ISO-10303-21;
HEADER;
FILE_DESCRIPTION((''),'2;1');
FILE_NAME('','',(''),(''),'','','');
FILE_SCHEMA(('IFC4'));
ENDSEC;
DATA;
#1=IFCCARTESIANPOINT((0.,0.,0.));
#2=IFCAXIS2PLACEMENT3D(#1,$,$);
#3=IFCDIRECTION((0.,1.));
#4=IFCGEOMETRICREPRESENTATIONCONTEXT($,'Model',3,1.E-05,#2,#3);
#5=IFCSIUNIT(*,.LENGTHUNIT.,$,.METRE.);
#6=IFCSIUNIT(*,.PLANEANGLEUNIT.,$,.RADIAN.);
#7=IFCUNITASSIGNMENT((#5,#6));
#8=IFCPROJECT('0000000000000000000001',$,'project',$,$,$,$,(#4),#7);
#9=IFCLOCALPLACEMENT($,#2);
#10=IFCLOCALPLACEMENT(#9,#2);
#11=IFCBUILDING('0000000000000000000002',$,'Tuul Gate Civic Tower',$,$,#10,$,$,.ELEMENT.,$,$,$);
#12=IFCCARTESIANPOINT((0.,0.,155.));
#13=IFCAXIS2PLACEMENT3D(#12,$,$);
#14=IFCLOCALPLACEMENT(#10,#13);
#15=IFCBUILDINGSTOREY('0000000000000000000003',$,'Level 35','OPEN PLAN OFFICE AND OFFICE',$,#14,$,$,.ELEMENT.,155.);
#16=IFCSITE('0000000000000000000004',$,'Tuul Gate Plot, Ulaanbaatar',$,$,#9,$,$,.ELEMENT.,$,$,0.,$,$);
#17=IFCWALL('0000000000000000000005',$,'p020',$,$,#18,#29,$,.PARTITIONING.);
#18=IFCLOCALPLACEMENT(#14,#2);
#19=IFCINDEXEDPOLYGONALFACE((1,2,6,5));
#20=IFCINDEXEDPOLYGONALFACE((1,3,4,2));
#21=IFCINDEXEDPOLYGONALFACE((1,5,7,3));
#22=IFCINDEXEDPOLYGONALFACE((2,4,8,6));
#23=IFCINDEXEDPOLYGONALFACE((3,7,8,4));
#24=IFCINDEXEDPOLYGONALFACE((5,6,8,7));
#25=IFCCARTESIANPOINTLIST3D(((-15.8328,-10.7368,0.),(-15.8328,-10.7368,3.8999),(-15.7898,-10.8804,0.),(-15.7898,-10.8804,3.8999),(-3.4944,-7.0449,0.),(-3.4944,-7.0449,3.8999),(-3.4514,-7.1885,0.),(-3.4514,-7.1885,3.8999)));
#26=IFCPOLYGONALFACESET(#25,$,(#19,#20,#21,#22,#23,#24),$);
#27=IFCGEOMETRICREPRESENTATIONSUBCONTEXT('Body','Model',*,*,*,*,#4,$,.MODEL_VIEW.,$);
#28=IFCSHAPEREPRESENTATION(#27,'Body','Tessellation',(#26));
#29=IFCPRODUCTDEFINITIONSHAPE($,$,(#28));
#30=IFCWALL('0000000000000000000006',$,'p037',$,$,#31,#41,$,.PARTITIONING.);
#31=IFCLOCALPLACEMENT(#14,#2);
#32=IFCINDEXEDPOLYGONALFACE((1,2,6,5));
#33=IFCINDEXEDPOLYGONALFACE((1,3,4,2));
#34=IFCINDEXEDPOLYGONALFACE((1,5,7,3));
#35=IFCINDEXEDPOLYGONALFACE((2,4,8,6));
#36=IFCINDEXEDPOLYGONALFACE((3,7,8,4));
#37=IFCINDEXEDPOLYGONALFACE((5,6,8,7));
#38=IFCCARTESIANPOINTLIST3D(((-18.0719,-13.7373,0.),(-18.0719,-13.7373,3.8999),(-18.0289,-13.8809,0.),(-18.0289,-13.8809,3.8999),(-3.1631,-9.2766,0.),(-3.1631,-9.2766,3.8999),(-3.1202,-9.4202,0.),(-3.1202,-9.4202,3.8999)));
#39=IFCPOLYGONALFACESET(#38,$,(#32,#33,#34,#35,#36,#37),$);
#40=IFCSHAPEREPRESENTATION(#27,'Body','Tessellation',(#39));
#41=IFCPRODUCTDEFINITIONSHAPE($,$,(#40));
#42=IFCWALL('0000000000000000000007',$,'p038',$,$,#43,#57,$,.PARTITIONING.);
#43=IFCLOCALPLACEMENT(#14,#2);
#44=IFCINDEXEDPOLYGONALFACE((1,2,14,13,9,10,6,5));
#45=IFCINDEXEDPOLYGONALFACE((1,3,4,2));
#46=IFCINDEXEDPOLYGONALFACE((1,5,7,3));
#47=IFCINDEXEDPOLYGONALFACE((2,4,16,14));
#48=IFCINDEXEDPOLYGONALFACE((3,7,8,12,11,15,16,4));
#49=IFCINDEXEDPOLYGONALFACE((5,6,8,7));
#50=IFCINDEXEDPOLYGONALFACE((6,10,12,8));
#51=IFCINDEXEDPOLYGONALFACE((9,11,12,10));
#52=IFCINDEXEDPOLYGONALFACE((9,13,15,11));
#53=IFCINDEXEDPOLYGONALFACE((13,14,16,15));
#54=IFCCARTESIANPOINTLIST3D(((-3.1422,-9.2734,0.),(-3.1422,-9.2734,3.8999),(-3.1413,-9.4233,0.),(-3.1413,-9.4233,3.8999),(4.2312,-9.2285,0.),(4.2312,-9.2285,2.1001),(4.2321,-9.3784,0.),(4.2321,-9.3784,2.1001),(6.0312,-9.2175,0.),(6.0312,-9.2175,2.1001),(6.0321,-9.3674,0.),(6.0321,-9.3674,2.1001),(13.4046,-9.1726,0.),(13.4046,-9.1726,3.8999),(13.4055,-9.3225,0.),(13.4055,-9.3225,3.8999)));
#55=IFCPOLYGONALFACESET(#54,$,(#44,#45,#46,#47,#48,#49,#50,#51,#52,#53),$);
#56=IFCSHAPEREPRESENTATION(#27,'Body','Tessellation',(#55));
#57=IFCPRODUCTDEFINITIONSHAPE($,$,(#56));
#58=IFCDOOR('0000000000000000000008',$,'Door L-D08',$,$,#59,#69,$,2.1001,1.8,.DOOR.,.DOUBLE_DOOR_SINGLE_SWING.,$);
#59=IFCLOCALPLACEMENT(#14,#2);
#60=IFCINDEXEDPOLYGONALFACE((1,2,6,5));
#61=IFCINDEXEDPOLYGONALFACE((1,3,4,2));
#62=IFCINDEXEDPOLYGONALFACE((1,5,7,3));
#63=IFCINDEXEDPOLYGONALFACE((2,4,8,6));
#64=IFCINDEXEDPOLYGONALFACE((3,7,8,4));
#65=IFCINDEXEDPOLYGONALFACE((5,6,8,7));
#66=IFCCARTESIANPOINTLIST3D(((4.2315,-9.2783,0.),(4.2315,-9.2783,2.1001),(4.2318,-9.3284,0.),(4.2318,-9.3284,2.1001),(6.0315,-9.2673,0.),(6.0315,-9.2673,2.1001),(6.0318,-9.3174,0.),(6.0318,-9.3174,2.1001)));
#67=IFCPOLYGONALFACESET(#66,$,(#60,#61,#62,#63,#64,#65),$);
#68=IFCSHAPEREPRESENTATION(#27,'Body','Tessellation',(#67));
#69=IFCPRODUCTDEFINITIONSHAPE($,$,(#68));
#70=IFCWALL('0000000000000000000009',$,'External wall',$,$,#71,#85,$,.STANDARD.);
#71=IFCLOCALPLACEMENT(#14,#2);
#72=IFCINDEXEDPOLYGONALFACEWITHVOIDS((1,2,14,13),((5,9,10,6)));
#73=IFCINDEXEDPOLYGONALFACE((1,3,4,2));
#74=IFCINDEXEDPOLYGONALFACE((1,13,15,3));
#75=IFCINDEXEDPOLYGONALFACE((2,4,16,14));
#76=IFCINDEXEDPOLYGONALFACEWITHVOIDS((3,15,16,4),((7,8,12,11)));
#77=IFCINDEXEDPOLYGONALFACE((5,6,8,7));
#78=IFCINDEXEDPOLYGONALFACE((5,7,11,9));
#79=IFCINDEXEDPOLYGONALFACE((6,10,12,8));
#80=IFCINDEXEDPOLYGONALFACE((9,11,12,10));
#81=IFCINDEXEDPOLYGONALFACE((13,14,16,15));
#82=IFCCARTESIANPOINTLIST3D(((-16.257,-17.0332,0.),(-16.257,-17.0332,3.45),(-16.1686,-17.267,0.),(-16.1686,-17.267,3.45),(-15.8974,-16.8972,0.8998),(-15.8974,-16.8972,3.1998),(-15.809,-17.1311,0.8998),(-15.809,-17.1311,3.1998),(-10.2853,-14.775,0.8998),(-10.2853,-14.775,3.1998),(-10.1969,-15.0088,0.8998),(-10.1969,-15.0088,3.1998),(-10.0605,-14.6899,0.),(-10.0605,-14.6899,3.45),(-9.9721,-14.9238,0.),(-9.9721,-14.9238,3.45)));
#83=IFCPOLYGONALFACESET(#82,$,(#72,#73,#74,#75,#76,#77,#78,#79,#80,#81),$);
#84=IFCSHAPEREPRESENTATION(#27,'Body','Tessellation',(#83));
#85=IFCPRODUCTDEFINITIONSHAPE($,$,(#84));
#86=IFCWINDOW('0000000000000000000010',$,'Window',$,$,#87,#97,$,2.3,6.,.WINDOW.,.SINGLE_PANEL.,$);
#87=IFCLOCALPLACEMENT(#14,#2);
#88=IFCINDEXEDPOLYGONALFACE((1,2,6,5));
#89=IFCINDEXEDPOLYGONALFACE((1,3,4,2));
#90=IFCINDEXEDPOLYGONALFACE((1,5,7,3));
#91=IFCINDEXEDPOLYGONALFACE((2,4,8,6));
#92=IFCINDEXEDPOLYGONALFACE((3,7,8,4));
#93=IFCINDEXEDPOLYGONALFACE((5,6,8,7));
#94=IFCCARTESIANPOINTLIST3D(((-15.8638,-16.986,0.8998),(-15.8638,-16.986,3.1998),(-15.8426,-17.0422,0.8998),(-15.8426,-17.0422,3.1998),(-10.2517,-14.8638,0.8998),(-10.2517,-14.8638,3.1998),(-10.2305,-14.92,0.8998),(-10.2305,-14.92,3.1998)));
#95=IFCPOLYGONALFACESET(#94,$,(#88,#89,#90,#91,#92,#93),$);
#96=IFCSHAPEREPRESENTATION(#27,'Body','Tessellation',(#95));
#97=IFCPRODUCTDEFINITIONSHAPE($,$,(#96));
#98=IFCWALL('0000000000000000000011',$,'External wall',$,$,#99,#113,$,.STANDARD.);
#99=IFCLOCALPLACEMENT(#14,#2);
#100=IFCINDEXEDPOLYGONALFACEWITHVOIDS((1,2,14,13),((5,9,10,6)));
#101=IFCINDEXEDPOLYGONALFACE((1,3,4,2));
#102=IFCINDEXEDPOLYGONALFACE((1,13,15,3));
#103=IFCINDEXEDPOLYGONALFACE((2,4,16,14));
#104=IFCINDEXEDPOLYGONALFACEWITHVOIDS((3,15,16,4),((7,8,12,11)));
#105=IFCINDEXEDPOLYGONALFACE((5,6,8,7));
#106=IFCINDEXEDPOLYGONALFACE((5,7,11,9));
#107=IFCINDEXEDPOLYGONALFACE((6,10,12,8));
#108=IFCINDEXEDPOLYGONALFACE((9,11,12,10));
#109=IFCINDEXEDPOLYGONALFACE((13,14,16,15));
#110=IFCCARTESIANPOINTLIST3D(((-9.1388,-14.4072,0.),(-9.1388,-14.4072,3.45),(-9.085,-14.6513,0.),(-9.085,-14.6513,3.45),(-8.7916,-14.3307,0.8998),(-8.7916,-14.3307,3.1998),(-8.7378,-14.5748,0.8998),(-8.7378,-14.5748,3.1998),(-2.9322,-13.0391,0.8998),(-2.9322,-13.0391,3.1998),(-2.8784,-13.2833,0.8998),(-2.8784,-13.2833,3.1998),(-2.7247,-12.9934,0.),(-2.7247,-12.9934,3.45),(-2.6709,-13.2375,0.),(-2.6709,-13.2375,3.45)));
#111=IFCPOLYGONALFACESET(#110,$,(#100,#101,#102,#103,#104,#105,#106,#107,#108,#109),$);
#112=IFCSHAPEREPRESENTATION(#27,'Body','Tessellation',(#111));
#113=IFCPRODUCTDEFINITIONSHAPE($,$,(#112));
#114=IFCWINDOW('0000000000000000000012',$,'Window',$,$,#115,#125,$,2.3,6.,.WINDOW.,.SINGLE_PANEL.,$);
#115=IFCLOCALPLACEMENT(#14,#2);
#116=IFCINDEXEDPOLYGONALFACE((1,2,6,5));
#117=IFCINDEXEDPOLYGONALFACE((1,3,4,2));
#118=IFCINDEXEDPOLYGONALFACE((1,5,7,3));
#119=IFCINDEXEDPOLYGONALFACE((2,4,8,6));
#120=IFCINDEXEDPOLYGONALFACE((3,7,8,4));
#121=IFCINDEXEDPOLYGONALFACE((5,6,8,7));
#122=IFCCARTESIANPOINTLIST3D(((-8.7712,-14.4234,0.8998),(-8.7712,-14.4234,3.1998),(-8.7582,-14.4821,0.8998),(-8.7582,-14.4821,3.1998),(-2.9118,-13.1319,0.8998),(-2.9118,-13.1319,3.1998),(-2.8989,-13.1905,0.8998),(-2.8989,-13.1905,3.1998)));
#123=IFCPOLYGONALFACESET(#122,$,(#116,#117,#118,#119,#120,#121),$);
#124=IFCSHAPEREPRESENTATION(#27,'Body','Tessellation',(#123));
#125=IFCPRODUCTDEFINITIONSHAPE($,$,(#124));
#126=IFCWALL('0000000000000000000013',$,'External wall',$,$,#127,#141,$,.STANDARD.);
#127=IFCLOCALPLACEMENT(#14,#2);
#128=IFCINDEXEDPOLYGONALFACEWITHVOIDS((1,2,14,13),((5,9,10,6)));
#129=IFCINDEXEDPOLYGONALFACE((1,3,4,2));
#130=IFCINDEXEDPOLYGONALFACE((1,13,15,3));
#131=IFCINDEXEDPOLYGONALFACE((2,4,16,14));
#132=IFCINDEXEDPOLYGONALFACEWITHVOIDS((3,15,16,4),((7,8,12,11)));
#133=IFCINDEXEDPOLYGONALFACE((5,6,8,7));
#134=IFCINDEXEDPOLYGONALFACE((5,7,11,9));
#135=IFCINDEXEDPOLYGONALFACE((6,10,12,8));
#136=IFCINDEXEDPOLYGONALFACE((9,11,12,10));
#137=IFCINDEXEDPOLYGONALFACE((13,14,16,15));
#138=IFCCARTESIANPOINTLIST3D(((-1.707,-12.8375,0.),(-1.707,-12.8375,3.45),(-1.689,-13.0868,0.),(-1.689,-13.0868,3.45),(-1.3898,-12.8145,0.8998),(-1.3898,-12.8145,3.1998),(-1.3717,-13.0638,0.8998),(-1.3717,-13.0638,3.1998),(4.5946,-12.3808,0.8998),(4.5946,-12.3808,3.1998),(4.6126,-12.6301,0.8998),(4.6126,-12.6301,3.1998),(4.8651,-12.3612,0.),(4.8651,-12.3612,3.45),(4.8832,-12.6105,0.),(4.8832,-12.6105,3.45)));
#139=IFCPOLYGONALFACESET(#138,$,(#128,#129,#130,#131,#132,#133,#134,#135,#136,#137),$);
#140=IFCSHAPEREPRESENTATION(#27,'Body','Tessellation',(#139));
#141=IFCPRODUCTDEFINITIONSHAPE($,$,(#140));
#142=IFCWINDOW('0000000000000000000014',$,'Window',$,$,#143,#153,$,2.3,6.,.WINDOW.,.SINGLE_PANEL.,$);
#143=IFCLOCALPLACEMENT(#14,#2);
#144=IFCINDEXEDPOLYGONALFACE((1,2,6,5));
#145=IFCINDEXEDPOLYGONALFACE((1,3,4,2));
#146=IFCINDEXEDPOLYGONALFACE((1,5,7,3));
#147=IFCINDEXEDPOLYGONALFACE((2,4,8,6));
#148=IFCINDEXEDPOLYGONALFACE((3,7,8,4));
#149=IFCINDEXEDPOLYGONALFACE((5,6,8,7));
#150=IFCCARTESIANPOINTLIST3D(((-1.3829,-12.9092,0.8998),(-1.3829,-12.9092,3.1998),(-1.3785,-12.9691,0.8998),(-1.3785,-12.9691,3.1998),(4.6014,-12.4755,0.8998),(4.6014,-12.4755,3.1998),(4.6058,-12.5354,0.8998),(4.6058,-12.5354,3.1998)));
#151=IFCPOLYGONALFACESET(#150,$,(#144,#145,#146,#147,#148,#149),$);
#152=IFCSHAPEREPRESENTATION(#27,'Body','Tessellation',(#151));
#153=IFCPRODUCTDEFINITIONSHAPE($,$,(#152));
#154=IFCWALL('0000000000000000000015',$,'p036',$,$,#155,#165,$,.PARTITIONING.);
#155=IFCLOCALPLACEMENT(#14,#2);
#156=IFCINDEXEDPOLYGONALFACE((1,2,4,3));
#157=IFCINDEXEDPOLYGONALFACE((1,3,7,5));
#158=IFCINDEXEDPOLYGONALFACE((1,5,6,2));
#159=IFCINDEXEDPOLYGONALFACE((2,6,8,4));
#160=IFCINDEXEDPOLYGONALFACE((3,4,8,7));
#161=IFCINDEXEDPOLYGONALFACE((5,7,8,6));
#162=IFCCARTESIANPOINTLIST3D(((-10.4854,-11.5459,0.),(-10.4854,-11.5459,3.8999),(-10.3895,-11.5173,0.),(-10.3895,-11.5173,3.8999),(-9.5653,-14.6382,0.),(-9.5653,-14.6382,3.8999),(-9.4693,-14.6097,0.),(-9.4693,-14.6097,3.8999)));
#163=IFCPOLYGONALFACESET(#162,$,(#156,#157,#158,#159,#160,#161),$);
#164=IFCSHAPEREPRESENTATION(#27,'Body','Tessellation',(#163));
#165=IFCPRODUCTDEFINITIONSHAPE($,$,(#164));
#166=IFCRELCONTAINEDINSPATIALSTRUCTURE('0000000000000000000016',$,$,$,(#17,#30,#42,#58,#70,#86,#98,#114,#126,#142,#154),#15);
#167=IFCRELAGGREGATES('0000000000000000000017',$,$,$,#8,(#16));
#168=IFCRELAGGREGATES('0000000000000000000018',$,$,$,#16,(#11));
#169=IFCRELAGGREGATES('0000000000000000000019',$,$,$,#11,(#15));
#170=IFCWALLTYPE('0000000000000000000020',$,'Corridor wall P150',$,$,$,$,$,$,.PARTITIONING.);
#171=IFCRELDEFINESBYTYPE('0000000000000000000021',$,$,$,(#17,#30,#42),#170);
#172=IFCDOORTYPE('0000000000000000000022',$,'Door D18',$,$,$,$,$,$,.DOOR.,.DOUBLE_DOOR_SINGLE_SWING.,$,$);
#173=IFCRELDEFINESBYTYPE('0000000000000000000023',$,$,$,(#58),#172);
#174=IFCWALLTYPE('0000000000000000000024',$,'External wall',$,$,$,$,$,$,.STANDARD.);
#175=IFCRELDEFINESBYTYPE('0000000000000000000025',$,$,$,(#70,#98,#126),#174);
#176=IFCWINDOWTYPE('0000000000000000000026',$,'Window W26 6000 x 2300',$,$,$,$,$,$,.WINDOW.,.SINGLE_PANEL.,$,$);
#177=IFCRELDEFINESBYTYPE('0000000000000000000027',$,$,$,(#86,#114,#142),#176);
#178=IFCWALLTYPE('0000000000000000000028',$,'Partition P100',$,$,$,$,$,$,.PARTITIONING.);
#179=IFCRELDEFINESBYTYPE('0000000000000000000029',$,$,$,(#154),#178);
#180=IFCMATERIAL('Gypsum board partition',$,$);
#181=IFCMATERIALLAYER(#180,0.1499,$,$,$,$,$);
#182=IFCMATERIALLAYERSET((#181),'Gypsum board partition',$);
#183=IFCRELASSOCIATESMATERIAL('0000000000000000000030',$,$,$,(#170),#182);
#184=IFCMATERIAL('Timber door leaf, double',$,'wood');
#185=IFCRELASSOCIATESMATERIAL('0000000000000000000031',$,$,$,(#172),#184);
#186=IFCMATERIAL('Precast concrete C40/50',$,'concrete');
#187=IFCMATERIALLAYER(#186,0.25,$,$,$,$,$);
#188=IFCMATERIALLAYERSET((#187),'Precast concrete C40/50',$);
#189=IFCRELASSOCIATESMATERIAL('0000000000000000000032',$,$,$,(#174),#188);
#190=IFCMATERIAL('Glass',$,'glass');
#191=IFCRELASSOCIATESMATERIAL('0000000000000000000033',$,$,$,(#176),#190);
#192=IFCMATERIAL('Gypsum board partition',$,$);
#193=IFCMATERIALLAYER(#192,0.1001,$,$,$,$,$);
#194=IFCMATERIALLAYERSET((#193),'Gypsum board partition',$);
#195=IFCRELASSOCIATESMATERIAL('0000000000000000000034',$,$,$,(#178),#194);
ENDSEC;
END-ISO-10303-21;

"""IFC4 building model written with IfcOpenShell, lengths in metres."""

from ifc_helpers import new_model, si_unit, direction, frame, frame_2d, origin, place, context, subcontext, project, spatial, rectangle, extrude, material, layer, layer_set, type_object, element, fill, save


model = new_model("IFC4")

# Units and contexts
model_context = context("Model", 3, precision=1e-05, world=origin(), true_north=direction((0.0, 1.0)))
body_context = subcontext(model_context, "Body", "Model", "MODEL_VIEW")
ifc_project = project(units=[si_unit("LENGTHUNIT", "METRE"), si_unit("PLANEANGLEUNIT", "RADIAN")], contexts=[model_context])

# Site, building, storey
site_placement = place(None, origin())
site = spatial("IfcSite", under=ifc_project, at=site_placement, Name="Tuul Gate Plot, Ulaanbaatar", CompositionType="ELEMENT", RefElevation=0.0)
building_placement = place(site_placement, origin())
building = spatial("IfcBuilding", under=site, at=building_placement, Name="Tuul Gate Civic Tower", CompositionType="ELEMENT")
storey_placement = place(building_placement, frame((0.0, 0.0, 155.0)))
storey = spatial("IfcBuildingStorey", under=building, at=storey_placement, Name="Level 35", Description="OPEN PLAN OFFICE AND OFFICE", CompositionType="ELEMENT", Elevation=155.0)

# Walls
ifc_material_1 = material(Name="Gypsum board partition")
ifc_layer_1 = layer(ifc_material_1, 0.1499)
ifc_layer_set_1 = layer_set([ifc_layer_1], Name="Gypsum board partition")
wall_type_1 = type_object("IfcWallType", Name="Corridor wall P150", PredefinedType="PARTITIONING", material=ifc_layer_set_1)
wall_1_placement = place(storey_placement, frame((-15.8113, -10.8086, 0.0), z_axis=(0.0, 0.0, 1.0), x_axis=(0.958032, 0.286663, 0.0)))
element("IfcWall", 1, at=wall_1_placement, inside=storey, type_object=wall_type_1, Name="p020", PredefinedType="PARTITIONING", context=body_context, shape_type="SweptSolid", body=[
    extrude(rectangle(XDim=12.8789, YDim=0.1499, at=frame_2d((6.4395, 0.0))), origin(), (0.0, 0.0, 1.0), 3.8999),
])
wall_2_placement = place(storey_placement, frame((-18.0503, -13.8091, 0.0), z_axis=(0.0, 0.0, 1.0), x_axis=(0.958037, 0.286645, 0.0)))
element("IfcWall", 2, at=wall_2_placement, inside=storey, type_object=wall_type_1, Name="p037", PredefinedType="PARTITIONING", context=body_context, shape_type="SweptSolid", body=[
    extrude(rectangle(XDim=15.5618, YDim=0.1499, at=frame_2d((7.7808, 0.0))), origin(), (0.0, 0.0, 1.0), 3.8999),
])

# Wall, opening, door
wall_3_placement = place(storey_placement, frame((-3.1416, -9.3484, 0.0), z_axis=(0.0, 0.0, 1.0), x_axis=(0.999981, 0.006093, 0.0)))
wall_3 = element("IfcWall", 3, at=wall_3_placement, inside=storey, type_object=wall_type_1, Name="p038", PredefinedType="PARTITIONING", context=body_context, shape_type="SweptSolid", body=[
    extrude(rectangle(XDim=16.5471, YDim=0.1499, at=frame_2d((8.2734, 0.0))), origin(), (0.0, 0.0, 1.0), 3.8999),
])
opening_1_placement = place(wall_3_placement, frame((7.3735, 0.0, 0.0)))
opening_1 = element("IfcOpeningElement", 4, at=opening_1_placement, cuts=wall_3, PredefinedType="OPENING", context=body_context, shape_type="SweptSolid", body=[
    extrude(rectangle(XDim=1.8, YDim=2.1001, at=frame_2d((0.8999, 1.05))), frame((0.0, 0.085, 0.0), z_axis=(0.0, -1.0, 0.0), x_axis=(1.0, 0.0, 0.0)), (0.0, 0.0, 1.0), 0.1699),
])
ifc_material_2 = material(Name="Timber door leaf, double", Category="wood")
door_type = type_object("IfcDoorType", Name="Door D18", OperationType="DOUBLE_DOOR_SINGLE_SWING", PredefinedType="DOOR", material=ifc_material_2)
door_placement = place(opening_1_placement, frame((1.8, 0.0, 0.0), z_axis=(0.0, 0.0, 1.0), x_axis=(-1.0, 0.0, 0.0)))
door = element("IfcDoor", 5, at=door_placement, inside=storey, type_object=door_type, Name="Door L-D08", OperationType="DOUBLE_DOOR_SINGLE_SWING", OverallHeight=2.1001, OverallWidth=1.8, PredefinedType="DOOR", context=body_context, shape_type="SweptSolid", body=[
    extrude(rectangle(XDim=1.8, YDim=2.1001, at=frame_2d((0.9001, 1.05))), frame((0.0, 0.0249, 0.0), z_axis=(0.0, -1.0, 0.0), x_axis=(1.0, 0.0, 0.0)), (0.0, 0.0, 1.0), 0.05),
])
fill(opening_1, door)

# Walls, openings, windows
ifc_material_3 = material(Name="Precast concrete C40/50", Category="concrete")
ifc_layer_2 = layer(ifc_material_3, 0.25)
ifc_layer_set_2 = layer_set([ifc_layer_2], Name="Precast concrete C40/50")
wall_type_2 = type_object("IfcWallType", Name="External wall", PredefinedType="STANDARD", material=ifc_layer_set_2)
wall_4_placement = place(storey_placement, frame((-16.2129, -17.1501, 0.0), z_axis=(0.0, 0.0, 1.0), x_axis=(0.935355, 0.353711, 0.0)))
wall_4 = element("IfcWall", 6, at=wall_4_placement, inside=storey, type_object=wall_type_2, Name="External wall", PredefinedType="STANDARD", context=body_context, shape_type="SweptSolid", body=[
    extrude(rectangle(XDim=6.6248, YDim=0.25, at=frame_2d((3.3125, 0.0))), origin(), (0.0, 0.0, 1.0), 3.45),
])
opening_2_placement = place(wall_4_placement, frame((0.3845, 0.0, 0.8999)))
opening_2 = element("IfcOpeningElement", 7, at=opening_2_placement, cuts=wall_4, PredefinedType="OPENING", context=body_context, shape_type="SweptSolid", body=[
    extrude(rectangle(XDim=6.0, YDim=2.3, at=frame_2d((3.0, 1.1499))), frame((0.0, 0.135, 0.0), z_axis=(0.0, -1.0, 0.0), x_axis=(1.0, 0.0, 0.0)), (0.0, 0.0, 1.0), 0.27),
])
ifc_material_4 = material(Name="Glass", Category="glass")
window_type = type_object("IfcWindowType", Name="Window W26 6000 x 2300", PartitioningType="SINGLE_PANEL", PredefinedType="WINDOW", material=ifc_material_4)
window_1_placement = place(opening_2_placement, origin())
window_1 = element("IfcWindow", 8, at=window_1_placement, inside=storey, type_object=window_type, Name="Window", OverallHeight=2.3, OverallWidth=6.0, PartitioningType="SINGLE_PANEL", PredefinedType="WINDOW", context=body_context, shape_type="SweptSolid", body=[
    extrude(rectangle(XDim=6.0, YDim=2.3, at=frame_2d((3.0, 1.1499))), frame((0.0, 0.03, 0.0), z_axis=(0.0, -1.0, 0.0), x_axis=(1.0, 0.0, 0.0)), (0.0, 0.0, 1.0), 0.0601),
])
fill(opening_2, window_1)
wall_5_placement = place(storey_placement, frame((-9.1121, -14.5293, 0.0), z_axis=(0.0, 0.0, 1.0), x_axis=(0.976557, 0.215257, 0.0)))
wall_5 = element("IfcWall", 9, at=wall_5_placement, inside=storey, type_object=wall_type_2, Name="External wall", PredefinedType="STANDARD", context=body_context, shape_type="SweptSolid", body=[
    extrude(rectangle(XDim=6.5681, YDim=0.25, at=frame_2d((3.2842, 0.0))), origin(), (0.0, 0.0, 1.0), 3.45),
])
opening_3_placement = place(wall_5_placement, frame((0.3557, 0.0, 0.8999)))
opening_3 = element("IfcOpeningElement", 10, at=opening_3_placement, cuts=wall_5, PredefinedType="OPENING", context=body_context, shape_type="SweptSolid", body=[
    extrude(rectangle(XDim=6.0, YDim=2.3, at=frame_2d((3.0, 1.1499))), frame((0.0, 0.135, 0.0), z_axis=(0.0, -1.0, 0.0), x_axis=(1.0, 0.0, 0.0)), (0.0, 0.0, 1.0), 0.27),
])
window_2_placement = place(opening_3_placement, origin())
window_2 = element("IfcWindow", 11, at=window_2_placement, inside=storey, type_object=window_type, Name="Window", OverallHeight=2.3, OverallWidth=6.0, PartitioningType="SINGLE_PANEL", PredefinedType="WINDOW", context=body_context, shape_type="SweptSolid", body=[
    extrude(rectangle(XDim=6.0, YDim=2.3, at=frame_2d((3.0, 1.1499))), frame((0.0, 0.03, 0.0), z_axis=(0.0, -1.0, 0.0), x_axis=(1.0, 0.0, 0.0)), (0.0, 0.0, 1.0), 0.0601),
])
fill(opening_3, window_2)
wall_6_placement = place(storey_placement, frame((-1.698, -12.9622, 0.0), z_axis=(0.0, 0.0, 1.0), x_axis=(0.997384, 0.072287, 0.0)))
wall_6 = element("IfcWall", 12, at=wall_6_placement, inside=storey, type_object=wall_type_2, Name="External wall", PredefinedType="STANDARD", context=body_context, shape_type="SweptSolid", body=[
    extrude(rectangle(XDim=6.5894, YDim=0.25, at=frame_2d((3.2947, 0.0))), origin(), (0.0, 0.0, 1.0), 3.45),
])
opening_4_placement = place(wall_6_placement, frame((0.3181, 0.0, 0.8999)))
opening_4 = element("IfcOpeningElement", 13, at=opening_4_placement, cuts=wall_6, PredefinedType="OPENING", context=body_context, shape_type="SweptSolid", body=[
    extrude(rectangle(XDim=6.0, YDim=2.3, at=frame_2d((3.0, 1.1499))), frame((0.0, 0.135, 0.0), z_axis=(0.0, -1.0, 0.0), x_axis=(1.0, 0.0, 0.0)), (0.0, 0.0, 1.0), 0.27),
])
window_3_placement = place(opening_4_placement, origin())
window_3 = element("IfcWindow", 14, at=window_3_placement, inside=storey, type_object=window_type, Name="Window", OverallHeight=2.3, OverallWidth=6.0, PartitioningType="SINGLE_PANEL", PredefinedType="WINDOW", context=body_context, shape_type="SweptSolid", body=[
    extrude(rectangle(XDim=6.0, YDim=2.3, at=frame_2d((3.0, 1.1499))), frame((0.0, 0.03, 0.0), z_axis=(0.0, -1.0, 0.0), x_axis=(1.0, 0.0, 0.0)), (0.0, 0.0, 1.0), 0.0601),
])
fill(opening_4, window_3)

# Wall
ifc_material_5 = material(Name="Gypsum board partition")
ifc_layer_3 = layer(ifc_material_5, 0.1001)
ifc_layer_set_3 = layer_set([ifc_layer_3], Name="Gypsum board partition")
wall_type_3 = type_object("IfcWallType", Name="Partition P100", PredefinedType="PARTITIONING", material=ifc_layer_set_3)
wall_7_placement = place(storey_placement, frame((-10.4375, -11.5315, 0.0), z_axis=(0.0, 0.0, 1.0), x_axis=(0.285209, -0.958465, 0.0)))
element("IfcWall", 15, at=wall_7_placement, inside=storey, type_object=wall_type_3, Name="p036", PredefinedType="PARTITIONING", context=body_context, shape_type="SweptSolid", body=[
    extrude(rectangle(XDim=3.2263, YDim=0.1001, at=frame_2d((1.6133, 0.0))), origin(), (0.0, 0.0, 1.0), 3.8999),
])

save(model, "model.ifc")
